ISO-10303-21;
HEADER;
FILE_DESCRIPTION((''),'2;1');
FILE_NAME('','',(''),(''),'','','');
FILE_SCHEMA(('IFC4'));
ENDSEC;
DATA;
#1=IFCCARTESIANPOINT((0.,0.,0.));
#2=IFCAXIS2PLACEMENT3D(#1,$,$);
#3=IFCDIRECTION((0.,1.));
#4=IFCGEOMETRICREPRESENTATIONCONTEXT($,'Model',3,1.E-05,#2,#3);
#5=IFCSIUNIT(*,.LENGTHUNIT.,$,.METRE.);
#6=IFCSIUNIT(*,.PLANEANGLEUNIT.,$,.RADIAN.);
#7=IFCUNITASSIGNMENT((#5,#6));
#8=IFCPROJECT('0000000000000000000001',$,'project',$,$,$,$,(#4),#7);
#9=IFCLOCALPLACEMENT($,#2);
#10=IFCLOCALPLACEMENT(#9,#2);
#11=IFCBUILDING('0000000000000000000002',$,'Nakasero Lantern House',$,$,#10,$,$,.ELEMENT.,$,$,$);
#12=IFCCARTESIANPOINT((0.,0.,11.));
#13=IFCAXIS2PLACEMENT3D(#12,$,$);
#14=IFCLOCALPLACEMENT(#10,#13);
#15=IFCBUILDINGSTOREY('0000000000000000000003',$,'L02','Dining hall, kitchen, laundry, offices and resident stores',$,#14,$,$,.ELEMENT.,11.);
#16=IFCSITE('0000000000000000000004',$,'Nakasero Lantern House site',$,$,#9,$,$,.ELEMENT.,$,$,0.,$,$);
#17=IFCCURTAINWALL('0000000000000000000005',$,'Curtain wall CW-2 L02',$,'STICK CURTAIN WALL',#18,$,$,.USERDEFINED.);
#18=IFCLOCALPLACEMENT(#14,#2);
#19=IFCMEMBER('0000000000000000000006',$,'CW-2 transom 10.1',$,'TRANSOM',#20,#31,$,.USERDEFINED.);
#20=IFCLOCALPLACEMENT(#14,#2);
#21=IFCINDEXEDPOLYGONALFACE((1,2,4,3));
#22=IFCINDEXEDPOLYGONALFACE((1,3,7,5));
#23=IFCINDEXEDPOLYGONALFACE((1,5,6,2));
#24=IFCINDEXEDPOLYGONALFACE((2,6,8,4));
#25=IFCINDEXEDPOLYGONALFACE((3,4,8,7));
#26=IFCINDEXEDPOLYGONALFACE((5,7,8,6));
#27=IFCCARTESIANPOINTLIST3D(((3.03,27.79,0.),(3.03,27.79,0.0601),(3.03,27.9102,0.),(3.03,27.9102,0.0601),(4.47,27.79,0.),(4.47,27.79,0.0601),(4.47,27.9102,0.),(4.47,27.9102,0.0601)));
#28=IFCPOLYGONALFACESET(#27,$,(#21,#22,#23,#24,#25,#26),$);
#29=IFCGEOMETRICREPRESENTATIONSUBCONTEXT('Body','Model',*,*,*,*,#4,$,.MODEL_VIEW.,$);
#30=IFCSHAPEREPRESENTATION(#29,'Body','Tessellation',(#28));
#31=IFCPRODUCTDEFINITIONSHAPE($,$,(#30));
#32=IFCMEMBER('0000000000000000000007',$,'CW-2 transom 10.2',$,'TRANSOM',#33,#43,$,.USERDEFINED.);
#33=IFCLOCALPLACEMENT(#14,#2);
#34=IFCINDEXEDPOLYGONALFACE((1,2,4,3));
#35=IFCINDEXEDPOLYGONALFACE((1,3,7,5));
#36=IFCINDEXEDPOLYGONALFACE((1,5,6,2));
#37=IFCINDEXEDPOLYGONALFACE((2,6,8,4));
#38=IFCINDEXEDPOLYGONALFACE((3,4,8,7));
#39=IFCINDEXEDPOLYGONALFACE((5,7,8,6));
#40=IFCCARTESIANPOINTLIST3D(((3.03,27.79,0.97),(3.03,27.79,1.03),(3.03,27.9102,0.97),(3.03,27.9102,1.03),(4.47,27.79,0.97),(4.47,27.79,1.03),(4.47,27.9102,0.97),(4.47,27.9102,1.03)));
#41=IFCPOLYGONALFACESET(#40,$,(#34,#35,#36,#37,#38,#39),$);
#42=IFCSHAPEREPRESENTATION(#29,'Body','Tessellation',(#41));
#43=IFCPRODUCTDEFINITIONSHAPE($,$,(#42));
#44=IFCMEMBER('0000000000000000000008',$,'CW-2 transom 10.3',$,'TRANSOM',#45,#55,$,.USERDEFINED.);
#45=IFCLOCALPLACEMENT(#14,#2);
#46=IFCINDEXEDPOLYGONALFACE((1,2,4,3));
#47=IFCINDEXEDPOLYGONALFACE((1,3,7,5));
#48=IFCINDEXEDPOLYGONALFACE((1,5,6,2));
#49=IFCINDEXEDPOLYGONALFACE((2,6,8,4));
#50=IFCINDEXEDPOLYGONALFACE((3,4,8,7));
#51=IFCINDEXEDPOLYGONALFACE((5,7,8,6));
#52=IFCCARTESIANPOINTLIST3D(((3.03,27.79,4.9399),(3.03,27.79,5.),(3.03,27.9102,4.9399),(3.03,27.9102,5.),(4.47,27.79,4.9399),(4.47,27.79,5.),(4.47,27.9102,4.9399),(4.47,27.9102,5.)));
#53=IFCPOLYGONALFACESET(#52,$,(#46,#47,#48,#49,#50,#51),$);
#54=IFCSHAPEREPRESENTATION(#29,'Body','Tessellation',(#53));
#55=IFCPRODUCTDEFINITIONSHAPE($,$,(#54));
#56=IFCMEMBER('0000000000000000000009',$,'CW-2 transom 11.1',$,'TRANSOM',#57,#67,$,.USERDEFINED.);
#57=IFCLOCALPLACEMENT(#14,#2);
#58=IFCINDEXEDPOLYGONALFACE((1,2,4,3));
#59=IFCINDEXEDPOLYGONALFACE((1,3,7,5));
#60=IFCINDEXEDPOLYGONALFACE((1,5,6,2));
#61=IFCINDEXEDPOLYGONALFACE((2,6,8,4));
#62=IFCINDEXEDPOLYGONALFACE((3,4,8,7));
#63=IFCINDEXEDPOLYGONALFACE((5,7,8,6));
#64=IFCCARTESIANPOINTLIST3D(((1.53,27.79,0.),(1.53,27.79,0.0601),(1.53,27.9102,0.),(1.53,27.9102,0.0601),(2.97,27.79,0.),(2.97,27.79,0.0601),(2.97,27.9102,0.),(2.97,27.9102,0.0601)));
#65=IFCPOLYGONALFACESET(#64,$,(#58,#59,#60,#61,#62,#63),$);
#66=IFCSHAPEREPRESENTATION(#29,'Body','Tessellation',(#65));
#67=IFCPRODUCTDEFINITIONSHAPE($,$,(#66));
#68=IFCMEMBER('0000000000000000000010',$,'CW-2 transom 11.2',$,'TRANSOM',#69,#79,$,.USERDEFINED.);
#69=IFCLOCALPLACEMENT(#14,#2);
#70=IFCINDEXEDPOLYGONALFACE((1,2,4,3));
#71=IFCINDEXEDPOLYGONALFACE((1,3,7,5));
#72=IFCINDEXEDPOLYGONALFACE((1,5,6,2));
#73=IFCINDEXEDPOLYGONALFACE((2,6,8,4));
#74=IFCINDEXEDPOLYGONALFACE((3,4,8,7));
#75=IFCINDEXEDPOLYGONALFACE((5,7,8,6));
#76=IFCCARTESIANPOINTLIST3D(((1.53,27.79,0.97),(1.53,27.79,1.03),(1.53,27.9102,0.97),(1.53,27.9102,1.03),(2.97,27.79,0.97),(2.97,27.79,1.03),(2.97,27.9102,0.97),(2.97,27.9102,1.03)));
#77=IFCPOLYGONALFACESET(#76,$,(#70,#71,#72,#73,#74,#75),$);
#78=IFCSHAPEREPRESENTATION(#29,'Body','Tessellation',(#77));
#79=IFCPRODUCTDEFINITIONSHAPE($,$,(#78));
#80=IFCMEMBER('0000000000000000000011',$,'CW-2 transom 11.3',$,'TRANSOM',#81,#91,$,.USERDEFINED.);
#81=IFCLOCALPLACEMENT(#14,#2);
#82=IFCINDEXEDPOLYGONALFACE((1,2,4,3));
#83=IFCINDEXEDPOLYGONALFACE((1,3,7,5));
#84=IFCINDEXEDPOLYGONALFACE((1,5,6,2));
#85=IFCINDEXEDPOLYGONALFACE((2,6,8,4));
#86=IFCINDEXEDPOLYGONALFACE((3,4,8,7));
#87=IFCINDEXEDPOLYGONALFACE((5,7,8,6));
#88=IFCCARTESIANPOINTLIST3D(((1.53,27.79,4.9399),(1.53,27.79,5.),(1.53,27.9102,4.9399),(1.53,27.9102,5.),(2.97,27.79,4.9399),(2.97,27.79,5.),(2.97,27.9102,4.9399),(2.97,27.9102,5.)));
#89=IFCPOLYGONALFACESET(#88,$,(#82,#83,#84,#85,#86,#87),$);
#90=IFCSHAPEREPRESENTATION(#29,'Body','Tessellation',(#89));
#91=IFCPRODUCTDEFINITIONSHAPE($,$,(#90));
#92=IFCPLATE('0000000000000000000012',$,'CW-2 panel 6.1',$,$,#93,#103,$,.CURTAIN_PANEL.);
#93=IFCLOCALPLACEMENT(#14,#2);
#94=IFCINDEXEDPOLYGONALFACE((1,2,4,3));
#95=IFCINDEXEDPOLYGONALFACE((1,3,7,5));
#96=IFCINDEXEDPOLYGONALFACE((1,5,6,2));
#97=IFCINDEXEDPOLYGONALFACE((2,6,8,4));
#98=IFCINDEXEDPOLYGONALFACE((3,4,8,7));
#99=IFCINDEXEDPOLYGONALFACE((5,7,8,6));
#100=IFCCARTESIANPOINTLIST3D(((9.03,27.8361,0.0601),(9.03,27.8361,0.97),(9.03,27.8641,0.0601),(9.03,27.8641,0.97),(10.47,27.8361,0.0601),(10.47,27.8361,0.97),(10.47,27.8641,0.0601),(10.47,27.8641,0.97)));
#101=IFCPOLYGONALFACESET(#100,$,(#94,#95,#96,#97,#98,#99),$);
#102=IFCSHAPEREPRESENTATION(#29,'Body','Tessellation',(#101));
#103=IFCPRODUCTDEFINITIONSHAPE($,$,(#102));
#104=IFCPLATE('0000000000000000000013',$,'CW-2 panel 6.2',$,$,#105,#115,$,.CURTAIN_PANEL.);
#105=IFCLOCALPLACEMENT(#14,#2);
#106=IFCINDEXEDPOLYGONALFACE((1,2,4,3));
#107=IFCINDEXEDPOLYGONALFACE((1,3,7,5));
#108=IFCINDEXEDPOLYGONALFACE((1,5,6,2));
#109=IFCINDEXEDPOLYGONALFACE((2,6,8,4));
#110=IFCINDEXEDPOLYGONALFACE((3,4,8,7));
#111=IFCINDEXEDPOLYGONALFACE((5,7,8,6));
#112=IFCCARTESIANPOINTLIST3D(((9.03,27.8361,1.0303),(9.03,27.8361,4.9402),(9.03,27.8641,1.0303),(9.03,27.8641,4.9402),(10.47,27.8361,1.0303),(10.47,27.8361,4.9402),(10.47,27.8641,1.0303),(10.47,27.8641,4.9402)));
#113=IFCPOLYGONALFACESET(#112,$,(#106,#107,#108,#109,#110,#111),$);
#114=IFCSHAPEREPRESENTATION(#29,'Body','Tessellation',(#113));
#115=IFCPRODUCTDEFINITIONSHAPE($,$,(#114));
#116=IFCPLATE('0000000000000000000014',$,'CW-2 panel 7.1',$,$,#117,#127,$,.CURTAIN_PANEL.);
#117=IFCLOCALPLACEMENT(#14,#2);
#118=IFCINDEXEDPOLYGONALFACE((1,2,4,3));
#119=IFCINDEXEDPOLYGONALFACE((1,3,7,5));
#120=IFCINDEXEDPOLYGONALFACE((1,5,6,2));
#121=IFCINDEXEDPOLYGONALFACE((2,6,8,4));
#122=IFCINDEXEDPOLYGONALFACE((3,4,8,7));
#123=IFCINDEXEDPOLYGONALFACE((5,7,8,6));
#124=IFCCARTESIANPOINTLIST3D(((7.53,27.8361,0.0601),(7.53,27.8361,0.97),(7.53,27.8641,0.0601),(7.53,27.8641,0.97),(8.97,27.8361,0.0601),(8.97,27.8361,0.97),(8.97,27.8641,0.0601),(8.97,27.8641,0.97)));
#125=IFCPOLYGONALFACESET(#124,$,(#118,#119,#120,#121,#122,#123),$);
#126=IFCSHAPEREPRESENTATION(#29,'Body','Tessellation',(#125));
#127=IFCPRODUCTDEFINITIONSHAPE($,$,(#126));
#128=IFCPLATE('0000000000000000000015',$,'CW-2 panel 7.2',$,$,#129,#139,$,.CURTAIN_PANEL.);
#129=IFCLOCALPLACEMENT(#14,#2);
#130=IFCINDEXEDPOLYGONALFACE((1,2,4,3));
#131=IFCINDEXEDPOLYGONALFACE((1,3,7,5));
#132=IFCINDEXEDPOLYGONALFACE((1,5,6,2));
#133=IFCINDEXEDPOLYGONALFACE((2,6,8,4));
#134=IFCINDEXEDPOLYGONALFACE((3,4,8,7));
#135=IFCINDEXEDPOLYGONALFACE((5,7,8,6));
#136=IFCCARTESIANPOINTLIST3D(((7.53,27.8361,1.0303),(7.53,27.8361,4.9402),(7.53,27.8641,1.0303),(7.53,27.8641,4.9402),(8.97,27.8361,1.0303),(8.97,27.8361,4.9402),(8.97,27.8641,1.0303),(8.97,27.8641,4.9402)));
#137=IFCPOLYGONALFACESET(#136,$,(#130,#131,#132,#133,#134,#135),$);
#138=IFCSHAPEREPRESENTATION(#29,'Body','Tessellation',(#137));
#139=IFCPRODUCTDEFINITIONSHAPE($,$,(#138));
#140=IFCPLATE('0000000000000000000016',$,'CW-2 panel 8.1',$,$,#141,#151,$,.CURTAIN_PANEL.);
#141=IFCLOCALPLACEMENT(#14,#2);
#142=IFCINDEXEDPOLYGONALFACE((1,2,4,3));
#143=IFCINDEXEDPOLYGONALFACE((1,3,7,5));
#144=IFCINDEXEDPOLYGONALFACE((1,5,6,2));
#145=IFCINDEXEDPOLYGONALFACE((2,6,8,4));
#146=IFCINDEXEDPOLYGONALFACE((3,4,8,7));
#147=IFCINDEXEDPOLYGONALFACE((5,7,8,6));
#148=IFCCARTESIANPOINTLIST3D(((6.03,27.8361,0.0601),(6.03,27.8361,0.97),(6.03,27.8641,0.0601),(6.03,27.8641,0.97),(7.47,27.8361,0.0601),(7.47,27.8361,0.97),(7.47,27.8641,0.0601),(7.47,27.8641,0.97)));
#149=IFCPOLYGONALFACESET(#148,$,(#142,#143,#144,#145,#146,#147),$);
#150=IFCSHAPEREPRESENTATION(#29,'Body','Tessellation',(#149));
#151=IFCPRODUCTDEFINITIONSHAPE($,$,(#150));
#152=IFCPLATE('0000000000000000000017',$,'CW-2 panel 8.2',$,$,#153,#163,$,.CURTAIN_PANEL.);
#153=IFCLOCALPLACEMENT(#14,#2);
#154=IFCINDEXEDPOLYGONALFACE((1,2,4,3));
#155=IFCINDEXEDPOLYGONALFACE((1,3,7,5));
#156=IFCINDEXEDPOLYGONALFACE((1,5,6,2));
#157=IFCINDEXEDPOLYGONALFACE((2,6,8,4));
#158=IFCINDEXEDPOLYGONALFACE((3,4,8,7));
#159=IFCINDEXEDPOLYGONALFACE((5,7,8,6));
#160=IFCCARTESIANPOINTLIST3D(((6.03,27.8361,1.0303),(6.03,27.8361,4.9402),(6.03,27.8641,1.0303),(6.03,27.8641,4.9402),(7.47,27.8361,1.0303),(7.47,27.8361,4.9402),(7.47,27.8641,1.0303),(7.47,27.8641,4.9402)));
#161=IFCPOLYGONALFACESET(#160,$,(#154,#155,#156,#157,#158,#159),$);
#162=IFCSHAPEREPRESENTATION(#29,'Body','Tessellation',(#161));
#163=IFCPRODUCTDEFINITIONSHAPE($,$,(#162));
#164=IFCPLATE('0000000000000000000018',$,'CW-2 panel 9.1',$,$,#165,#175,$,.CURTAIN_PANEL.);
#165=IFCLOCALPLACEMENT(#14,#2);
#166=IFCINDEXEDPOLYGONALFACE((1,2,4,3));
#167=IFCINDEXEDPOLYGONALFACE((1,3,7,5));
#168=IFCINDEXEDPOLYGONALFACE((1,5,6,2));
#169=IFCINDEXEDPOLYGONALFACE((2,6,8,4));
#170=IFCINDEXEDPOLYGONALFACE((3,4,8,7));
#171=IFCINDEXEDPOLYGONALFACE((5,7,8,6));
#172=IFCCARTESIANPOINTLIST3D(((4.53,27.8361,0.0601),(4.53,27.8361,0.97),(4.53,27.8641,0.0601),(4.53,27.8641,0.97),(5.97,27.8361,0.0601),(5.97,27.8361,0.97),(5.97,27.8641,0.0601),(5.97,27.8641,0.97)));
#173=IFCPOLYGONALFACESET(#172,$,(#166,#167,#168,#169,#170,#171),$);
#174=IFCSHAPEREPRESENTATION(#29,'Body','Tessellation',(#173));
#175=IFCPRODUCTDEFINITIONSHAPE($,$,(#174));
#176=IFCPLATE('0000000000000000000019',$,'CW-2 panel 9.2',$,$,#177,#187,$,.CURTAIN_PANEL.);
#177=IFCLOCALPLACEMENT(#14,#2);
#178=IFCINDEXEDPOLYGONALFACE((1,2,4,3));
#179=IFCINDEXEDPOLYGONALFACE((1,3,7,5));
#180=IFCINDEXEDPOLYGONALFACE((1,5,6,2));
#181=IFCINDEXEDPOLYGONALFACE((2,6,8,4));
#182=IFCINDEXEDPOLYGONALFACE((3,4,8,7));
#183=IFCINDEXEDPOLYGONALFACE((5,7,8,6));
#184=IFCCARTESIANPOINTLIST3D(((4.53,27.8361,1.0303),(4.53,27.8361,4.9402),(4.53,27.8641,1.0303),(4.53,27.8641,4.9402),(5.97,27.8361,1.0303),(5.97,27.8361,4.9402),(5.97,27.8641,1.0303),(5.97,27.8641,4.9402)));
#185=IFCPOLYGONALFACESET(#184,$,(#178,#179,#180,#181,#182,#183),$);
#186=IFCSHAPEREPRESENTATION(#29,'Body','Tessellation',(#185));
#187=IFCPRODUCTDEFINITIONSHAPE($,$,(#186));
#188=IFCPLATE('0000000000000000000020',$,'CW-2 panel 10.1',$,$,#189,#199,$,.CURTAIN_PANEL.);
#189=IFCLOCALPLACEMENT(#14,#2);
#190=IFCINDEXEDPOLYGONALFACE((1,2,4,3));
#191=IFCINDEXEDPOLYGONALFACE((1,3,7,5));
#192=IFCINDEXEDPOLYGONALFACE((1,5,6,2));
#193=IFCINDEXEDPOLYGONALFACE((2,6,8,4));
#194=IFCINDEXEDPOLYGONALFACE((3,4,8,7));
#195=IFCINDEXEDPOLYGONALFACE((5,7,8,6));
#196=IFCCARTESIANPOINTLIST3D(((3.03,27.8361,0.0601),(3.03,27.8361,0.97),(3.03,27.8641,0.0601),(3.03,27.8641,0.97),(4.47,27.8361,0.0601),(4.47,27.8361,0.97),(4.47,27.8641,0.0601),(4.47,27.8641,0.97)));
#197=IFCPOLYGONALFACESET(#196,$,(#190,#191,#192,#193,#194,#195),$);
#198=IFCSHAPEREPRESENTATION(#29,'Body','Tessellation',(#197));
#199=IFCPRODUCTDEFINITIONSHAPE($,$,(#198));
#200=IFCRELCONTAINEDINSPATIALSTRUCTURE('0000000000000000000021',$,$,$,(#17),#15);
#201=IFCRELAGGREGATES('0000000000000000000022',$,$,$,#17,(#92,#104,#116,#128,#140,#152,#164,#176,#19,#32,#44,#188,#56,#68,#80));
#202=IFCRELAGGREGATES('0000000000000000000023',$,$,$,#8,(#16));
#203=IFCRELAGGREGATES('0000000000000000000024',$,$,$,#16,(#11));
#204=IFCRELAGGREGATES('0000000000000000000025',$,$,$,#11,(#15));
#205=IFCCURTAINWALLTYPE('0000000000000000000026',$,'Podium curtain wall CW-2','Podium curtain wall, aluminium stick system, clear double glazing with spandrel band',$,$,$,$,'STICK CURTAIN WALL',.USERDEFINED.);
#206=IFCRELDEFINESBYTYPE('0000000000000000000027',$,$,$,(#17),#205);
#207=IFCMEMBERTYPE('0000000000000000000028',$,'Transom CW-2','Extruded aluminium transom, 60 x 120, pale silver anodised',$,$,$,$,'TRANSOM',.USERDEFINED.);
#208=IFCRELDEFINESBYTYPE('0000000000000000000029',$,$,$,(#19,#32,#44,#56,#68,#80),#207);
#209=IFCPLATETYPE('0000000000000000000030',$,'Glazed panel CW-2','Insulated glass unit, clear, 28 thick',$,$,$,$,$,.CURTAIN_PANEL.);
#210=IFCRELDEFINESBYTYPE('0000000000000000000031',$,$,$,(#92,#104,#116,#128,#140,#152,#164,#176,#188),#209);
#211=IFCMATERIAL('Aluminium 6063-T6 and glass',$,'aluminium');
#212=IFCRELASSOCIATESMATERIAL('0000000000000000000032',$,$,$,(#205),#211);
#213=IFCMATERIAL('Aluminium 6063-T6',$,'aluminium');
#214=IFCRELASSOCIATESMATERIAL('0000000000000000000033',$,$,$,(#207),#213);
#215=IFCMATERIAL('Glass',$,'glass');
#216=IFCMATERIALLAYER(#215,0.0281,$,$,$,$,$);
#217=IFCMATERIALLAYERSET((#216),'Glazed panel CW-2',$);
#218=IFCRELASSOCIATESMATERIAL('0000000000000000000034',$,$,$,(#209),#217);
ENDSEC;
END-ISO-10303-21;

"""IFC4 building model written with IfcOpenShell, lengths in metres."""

from ifc_helpers import new_model, si_unit, direction, frame, origin, origin_2d, place, context, subcontext, project, spatial, rectangle, extrude, material, layer, layer_set, material_profile, profile_set, type_object, element, aggregate, save


model = new_model("IFC4")

# Units and contexts
model_context = context("Model", 3, precision=1e-05, world=origin(), true_north=direction((0.0, 1.0)))
body_context = subcontext(model_context, "Body", "Model", "MODEL_VIEW")
ifc_project = project(units=[si_unit("LENGTHUNIT", "METRE"), si_unit("PLANEANGLEUNIT", "RADIAN")], contexts=[model_context])

# Site, building, storey
site_placement = place(None, origin())
site = spatial("IfcSite", under=ifc_project, at=site_placement, Name="Nakasero Lantern House site", CompositionType="ELEMENT", RefElevation=0.0)
building_placement = place(site_placement, origin())
building = spatial("IfcBuilding", under=site, at=building_placement, Name="Nakasero Lantern House", CompositionType="ELEMENT")
storey_placement = place(building_placement, frame((0.0, 0.0, 11.0)))
storey = spatial("IfcBuildingStorey", under=building, at=storey_placement, Name="L02", Description="Dining hall, kitchen, laundry, offices and resident stores", CompositionType="ELEMENT", Elevation=11.0)

# Curtain wall, members, plates
ifc_material_1 = material(Name="Aluminium 6063-T6 and glass", Category="aluminium")
curtain_wall_type = type_object("IfcCurtainWallType", Name="Podium curtain wall CW-2", Description="Podium curtain wall, aluminium stick system, clear double glazing with spandrel band", ElementType="STICK CURTAIN WALL", PredefinedType="USERDEFINED", material=ifc_material_1)
curtain_wall_placement = place(storey_placement, origin())
curtain_wall = element("IfcCurtainWall", 1, at=curtain_wall_placement, inside=storey, type_object=curtain_wall_type, Name="Curtain wall CW-2 L02", ObjectType="STICK CURTAIN WALL", PredefinedType="USERDEFINED")
ifc_material_2 = material(Name="Aluminium 6063-T6", Category="aluminium")
ifc_material_profile_1 = material_profile(ifc_material_2, rectangle(XDim=0.0601, YDim=0.1201, at=origin_2d()), Name="CW-2 transom 60x120")
ifc_profile_set_1 = profile_set([ifc_material_profile_1], Name="Aluminium 6063-T6")
member_type_1 = type_object("IfcMemberType", Name="Transom CW-2", Description="Extruded aluminium transom, 60 x 120, pale silver anodised", ElementType="TRANSOM", PredefinedType="USERDEFINED", material=ifc_profile_set_1)
member_1_placement = place(storey_placement, frame((4.47, 27.8501, 0.03), z_axis=(-1.0, 0.0, 0.0), x_axis=(0.0, 0.0, 1.0)))
member_1 = element("IfcMember", 2, at=member_1_placement, type_object=member_type_1, Name="CW-2 transom 10.1", ObjectType="TRANSOM", PredefinedType="USERDEFINED", context=body_context, shape_type="SweptSolid", body=[
    extrude(rectangle(XDim=0.0601, YDim=0.1201, at=origin_2d()), origin(), (0.0, 0.0, 1.0), 1.4399),
])
member_2_placement = place(storey_placement, frame((4.47, 27.8501, 1.0), z_axis=(-1.0, 0.0, 0.0), x_axis=(0.0, 0.0, 1.0)))
member_2 = element("IfcMember", 3, at=member_2_placement, type_object=member_type_1, Name="CW-2 transom 10.2", ObjectType="TRANSOM", PredefinedType="USERDEFINED", context=body_context, shape_type="SweptSolid", body=[
    extrude(rectangle(XDim=0.0601, YDim=0.1201, at=origin_2d()), origin(), (0.0, 0.0, 1.0), 1.4399),
])
member_3_placement = place(storey_placement, frame((4.47, 27.8501, 4.97), z_axis=(-1.0, 0.0, 0.0), x_axis=(0.0, 0.0, 1.0)))
member_3 = element("IfcMember", 4, at=member_3_placement, type_object=member_type_1, Name="CW-2 transom 10.3", ObjectType="TRANSOM", PredefinedType="USERDEFINED", context=body_context, shape_type="SweptSolid", body=[
    extrude(rectangle(XDim=0.0601, YDim=0.1201, at=origin_2d()), origin(), (0.0, 0.0, 1.0), 1.4399),
])
member_4_placement = place(storey_placement, frame((2.97, 27.8501, 0.03), z_axis=(-1.0, 0.0, 0.0), x_axis=(0.0, 0.0, 1.0)))
member_4 = element("IfcMember", 5, at=member_4_placement, type_object=member_type_1, Name="CW-2 transom 11.1", ObjectType="TRANSOM", PredefinedType="USERDEFINED", context=body_context, shape_type="SweptSolid", body=[
    extrude(rectangle(XDim=0.0601, YDim=0.1201, at=origin_2d()), origin(), (0.0, 0.0, 1.0), 1.4399),
])
member_5_placement = place(storey_placement, frame((2.97, 27.8501, 1.0), z_axis=(-1.0, 0.0, 0.0), x_axis=(0.0, 0.0, 1.0)))
member_5 = element("IfcMember", 6, at=member_5_placement, type_object=member_type_1, Name="CW-2 transom 11.2", ObjectType="TRANSOM", PredefinedType="USERDEFINED", context=body_context, shape_type="SweptSolid", body=[
    extrude(rectangle(XDim=0.0601, YDim=0.1201, at=origin_2d()), origin(), (0.0, 0.0, 1.0), 1.4399),
])
member_6_placement = place(storey_placement, frame((2.97, 27.8501, 4.97), z_axis=(-1.0, 0.0, 0.0), x_axis=(0.0, 0.0, 1.0)))
member_6 = element("IfcMember", 7, at=member_6_placement, type_object=member_type_1, Name="CW-2 transom 11.3", ObjectType="TRANSOM", PredefinedType="USERDEFINED", context=body_context, shape_type="SweptSolid", body=[
    extrude(rectangle(XDim=0.0601, YDim=0.1201, at=origin_2d()), origin(), (0.0, 0.0, 1.0), 1.4399),
])
ifc_material_3 = material(Name="Glass", Category="glass")
ifc_layer = layer(ifc_material_3, 0.0281)
ifc_layer_set = layer_set([ifc_layer], Name="Glazed panel CW-2")
plate_type = type_object("IfcPlateType", Name="Glazed panel CW-2", Description="Insulated glass unit, clear, 28 thick", PredefinedType="CURTAIN_PANEL", material=ifc_layer_set)
plate_1_placement = place(storey_placement, frame((9.75, 27.8501, 0.0601), z_axis=(0.0, 0.0, 1.0), x_axis=(-1.0, 0.0, 0.0)))
plate_1 = element("IfcPlate", 8, at=plate_1_placement, type_object=plate_type, Name="CW-2 panel 6.1", PredefinedType="CURTAIN_PANEL", context=body_context, shape_type="SweptSolid", body=[
    extrude(rectangle(XDim=1.4399, YDim=0.0281, at=origin_2d()), origin(), (0.0, 0.0, 1.0), 0.9099),
])
plate_2_placement = place(storey_placement, frame((9.75, 27.8501, 1.0303), z_axis=(0.0, 0.0, 1.0), x_axis=(-1.0, 0.0, 0.0)))
plate_2 = element("IfcPlate", 9, at=plate_2_placement, type_object=plate_type, Name="CW-2 panel 6.2", PredefinedType="CURTAIN_PANEL", context=body_context, shape_type="SweptSolid", body=[
    extrude(rectangle(XDim=1.4399, YDim=0.0281, at=origin_2d()), origin(), (0.0, 0.0, 1.0), 3.9099),
])
plate_3_placement = place(storey_placement, frame((8.25, 27.8501, 0.0601), z_axis=(0.0, 0.0, 1.0), x_axis=(-1.0, 0.0, 0.0)))
plate_3 = element("IfcPlate", 10, at=plate_3_placement, type_object=plate_type, Name="CW-2 panel 7.1", PredefinedType="CURTAIN_PANEL", context=body_context, shape_type="SweptSolid", body=[
    extrude(rectangle(XDim=1.4399, YDim=0.0281, at=origin_2d()), origin(), (0.0, 0.0, 1.0), 0.9099),
])
plate_4_placement = place(storey_placement, frame((8.25, 27.8501, 1.0303), z_axis=(0.0, 0.0, 1.0), x_axis=(-1.0, 0.0, 0.0)))
plate_4 = element("IfcPlate", 11, at=plate_4_placement, type_object=plate_type, Name="CW-2 panel 7.2", PredefinedType="CURTAIN_PANEL", context=body_context, shape_type="SweptSolid", body=[
    extrude(rectangle(XDim=1.4399, YDim=0.0281, at=origin_2d()), origin(), (0.0, 0.0, 1.0), 3.9099),
])
plate_5_placement = place(storey_placement, frame((6.75, 27.8501, 0.0601), z_axis=(0.0, 0.0, 1.0), x_axis=(-1.0, 0.0, 0.0)))
plate_5 = element("IfcPlate", 12, at=plate_5_placement, type_object=plate_type, Name="CW-2 panel 8.1", PredefinedType="CURTAIN_PANEL", context=body_context, shape_type="SweptSolid", body=[
    extrude(rectangle(XDim=1.4399, YDim=0.0281, at=origin_2d()), origin(), (0.0, 0.0, 1.0), 0.9099),
])
plate_6_placement = place(storey_placement, frame((6.75, 27.8501, 1.0303), z_axis=(0.0, 0.0, 1.0), x_axis=(-1.0, 0.0, 0.0)))
plate_6 = element("IfcPlate", 13, at=plate_6_placement, type_object=plate_type, Name="CW-2 panel 8.2", PredefinedType="CURTAIN_PANEL", context=body_context, shape_type="SweptSolid", body=[
    extrude(rectangle(XDim=1.4399, YDim=0.0281, at=origin_2d()), origin(), (0.0, 0.0, 1.0), 3.9099),
])
plate_7_placement = place(storey_placement, frame((5.25, 27.8501, 0.0601), z_axis=(0.0, 0.0, 1.0), x_axis=(-1.0, 0.0, 0.0)))
plate_7 = element("IfcPlate", 14, at=plate_7_placement, type_object=plate_type, Name="CW-2 panel 9.1", PredefinedType="CURTAIN_PANEL", context=body_context, shape_type="SweptSolid", body=[
    extrude(rectangle(XDim=1.4399, YDim=0.0281, at=origin_2d()), origin(), (0.0, 0.0, 1.0), 0.9099),
])
plate_8_placement = place(storey_placement, frame((5.25, 27.8501, 1.0303), z_axis=(0.0, 0.0, 1.0), x_axis=(-1.0, 0.0, 0.0)))
plate_8 = element("IfcPlate", 15, at=plate_8_placement, type_object=plate_type, Name="CW-2 panel 9.2", PredefinedType="CURTAIN_PANEL", context=body_context, shape_type="SweptSolid", body=[
    extrude(rectangle(XDim=1.4399, YDim=0.0281, at=origin_2d()), origin(), (0.0, 0.0, 1.0), 3.9099),
])
plate_9_placement = place(storey_placement, frame((3.75, 27.8501, 0.0601), z_axis=(0.0, 0.0, 1.0), x_axis=(-1.0, 0.0, 0.0)))
plate_9 = element("IfcPlate", 16, at=plate_9_placement, type_object=plate_type, Name="CW-2 panel 10.1", PredefinedType="CURTAIN_PANEL", context=body_context, shape_type="SweptSolid", body=[
    extrude(rectangle(XDim=1.4399, YDim=0.0281, at=origin_2d()), origin(), (0.0, 0.0, 1.0), 0.9099),
])
aggregate(curtain_wall, [plate_1, plate_2, plate_3, plate_4, plate_5, plate_6, plate_7, plate_8, member_1, member_2, member_3, plate_9, member_4, member_5, member_6])

save(model, "model.ifc")
